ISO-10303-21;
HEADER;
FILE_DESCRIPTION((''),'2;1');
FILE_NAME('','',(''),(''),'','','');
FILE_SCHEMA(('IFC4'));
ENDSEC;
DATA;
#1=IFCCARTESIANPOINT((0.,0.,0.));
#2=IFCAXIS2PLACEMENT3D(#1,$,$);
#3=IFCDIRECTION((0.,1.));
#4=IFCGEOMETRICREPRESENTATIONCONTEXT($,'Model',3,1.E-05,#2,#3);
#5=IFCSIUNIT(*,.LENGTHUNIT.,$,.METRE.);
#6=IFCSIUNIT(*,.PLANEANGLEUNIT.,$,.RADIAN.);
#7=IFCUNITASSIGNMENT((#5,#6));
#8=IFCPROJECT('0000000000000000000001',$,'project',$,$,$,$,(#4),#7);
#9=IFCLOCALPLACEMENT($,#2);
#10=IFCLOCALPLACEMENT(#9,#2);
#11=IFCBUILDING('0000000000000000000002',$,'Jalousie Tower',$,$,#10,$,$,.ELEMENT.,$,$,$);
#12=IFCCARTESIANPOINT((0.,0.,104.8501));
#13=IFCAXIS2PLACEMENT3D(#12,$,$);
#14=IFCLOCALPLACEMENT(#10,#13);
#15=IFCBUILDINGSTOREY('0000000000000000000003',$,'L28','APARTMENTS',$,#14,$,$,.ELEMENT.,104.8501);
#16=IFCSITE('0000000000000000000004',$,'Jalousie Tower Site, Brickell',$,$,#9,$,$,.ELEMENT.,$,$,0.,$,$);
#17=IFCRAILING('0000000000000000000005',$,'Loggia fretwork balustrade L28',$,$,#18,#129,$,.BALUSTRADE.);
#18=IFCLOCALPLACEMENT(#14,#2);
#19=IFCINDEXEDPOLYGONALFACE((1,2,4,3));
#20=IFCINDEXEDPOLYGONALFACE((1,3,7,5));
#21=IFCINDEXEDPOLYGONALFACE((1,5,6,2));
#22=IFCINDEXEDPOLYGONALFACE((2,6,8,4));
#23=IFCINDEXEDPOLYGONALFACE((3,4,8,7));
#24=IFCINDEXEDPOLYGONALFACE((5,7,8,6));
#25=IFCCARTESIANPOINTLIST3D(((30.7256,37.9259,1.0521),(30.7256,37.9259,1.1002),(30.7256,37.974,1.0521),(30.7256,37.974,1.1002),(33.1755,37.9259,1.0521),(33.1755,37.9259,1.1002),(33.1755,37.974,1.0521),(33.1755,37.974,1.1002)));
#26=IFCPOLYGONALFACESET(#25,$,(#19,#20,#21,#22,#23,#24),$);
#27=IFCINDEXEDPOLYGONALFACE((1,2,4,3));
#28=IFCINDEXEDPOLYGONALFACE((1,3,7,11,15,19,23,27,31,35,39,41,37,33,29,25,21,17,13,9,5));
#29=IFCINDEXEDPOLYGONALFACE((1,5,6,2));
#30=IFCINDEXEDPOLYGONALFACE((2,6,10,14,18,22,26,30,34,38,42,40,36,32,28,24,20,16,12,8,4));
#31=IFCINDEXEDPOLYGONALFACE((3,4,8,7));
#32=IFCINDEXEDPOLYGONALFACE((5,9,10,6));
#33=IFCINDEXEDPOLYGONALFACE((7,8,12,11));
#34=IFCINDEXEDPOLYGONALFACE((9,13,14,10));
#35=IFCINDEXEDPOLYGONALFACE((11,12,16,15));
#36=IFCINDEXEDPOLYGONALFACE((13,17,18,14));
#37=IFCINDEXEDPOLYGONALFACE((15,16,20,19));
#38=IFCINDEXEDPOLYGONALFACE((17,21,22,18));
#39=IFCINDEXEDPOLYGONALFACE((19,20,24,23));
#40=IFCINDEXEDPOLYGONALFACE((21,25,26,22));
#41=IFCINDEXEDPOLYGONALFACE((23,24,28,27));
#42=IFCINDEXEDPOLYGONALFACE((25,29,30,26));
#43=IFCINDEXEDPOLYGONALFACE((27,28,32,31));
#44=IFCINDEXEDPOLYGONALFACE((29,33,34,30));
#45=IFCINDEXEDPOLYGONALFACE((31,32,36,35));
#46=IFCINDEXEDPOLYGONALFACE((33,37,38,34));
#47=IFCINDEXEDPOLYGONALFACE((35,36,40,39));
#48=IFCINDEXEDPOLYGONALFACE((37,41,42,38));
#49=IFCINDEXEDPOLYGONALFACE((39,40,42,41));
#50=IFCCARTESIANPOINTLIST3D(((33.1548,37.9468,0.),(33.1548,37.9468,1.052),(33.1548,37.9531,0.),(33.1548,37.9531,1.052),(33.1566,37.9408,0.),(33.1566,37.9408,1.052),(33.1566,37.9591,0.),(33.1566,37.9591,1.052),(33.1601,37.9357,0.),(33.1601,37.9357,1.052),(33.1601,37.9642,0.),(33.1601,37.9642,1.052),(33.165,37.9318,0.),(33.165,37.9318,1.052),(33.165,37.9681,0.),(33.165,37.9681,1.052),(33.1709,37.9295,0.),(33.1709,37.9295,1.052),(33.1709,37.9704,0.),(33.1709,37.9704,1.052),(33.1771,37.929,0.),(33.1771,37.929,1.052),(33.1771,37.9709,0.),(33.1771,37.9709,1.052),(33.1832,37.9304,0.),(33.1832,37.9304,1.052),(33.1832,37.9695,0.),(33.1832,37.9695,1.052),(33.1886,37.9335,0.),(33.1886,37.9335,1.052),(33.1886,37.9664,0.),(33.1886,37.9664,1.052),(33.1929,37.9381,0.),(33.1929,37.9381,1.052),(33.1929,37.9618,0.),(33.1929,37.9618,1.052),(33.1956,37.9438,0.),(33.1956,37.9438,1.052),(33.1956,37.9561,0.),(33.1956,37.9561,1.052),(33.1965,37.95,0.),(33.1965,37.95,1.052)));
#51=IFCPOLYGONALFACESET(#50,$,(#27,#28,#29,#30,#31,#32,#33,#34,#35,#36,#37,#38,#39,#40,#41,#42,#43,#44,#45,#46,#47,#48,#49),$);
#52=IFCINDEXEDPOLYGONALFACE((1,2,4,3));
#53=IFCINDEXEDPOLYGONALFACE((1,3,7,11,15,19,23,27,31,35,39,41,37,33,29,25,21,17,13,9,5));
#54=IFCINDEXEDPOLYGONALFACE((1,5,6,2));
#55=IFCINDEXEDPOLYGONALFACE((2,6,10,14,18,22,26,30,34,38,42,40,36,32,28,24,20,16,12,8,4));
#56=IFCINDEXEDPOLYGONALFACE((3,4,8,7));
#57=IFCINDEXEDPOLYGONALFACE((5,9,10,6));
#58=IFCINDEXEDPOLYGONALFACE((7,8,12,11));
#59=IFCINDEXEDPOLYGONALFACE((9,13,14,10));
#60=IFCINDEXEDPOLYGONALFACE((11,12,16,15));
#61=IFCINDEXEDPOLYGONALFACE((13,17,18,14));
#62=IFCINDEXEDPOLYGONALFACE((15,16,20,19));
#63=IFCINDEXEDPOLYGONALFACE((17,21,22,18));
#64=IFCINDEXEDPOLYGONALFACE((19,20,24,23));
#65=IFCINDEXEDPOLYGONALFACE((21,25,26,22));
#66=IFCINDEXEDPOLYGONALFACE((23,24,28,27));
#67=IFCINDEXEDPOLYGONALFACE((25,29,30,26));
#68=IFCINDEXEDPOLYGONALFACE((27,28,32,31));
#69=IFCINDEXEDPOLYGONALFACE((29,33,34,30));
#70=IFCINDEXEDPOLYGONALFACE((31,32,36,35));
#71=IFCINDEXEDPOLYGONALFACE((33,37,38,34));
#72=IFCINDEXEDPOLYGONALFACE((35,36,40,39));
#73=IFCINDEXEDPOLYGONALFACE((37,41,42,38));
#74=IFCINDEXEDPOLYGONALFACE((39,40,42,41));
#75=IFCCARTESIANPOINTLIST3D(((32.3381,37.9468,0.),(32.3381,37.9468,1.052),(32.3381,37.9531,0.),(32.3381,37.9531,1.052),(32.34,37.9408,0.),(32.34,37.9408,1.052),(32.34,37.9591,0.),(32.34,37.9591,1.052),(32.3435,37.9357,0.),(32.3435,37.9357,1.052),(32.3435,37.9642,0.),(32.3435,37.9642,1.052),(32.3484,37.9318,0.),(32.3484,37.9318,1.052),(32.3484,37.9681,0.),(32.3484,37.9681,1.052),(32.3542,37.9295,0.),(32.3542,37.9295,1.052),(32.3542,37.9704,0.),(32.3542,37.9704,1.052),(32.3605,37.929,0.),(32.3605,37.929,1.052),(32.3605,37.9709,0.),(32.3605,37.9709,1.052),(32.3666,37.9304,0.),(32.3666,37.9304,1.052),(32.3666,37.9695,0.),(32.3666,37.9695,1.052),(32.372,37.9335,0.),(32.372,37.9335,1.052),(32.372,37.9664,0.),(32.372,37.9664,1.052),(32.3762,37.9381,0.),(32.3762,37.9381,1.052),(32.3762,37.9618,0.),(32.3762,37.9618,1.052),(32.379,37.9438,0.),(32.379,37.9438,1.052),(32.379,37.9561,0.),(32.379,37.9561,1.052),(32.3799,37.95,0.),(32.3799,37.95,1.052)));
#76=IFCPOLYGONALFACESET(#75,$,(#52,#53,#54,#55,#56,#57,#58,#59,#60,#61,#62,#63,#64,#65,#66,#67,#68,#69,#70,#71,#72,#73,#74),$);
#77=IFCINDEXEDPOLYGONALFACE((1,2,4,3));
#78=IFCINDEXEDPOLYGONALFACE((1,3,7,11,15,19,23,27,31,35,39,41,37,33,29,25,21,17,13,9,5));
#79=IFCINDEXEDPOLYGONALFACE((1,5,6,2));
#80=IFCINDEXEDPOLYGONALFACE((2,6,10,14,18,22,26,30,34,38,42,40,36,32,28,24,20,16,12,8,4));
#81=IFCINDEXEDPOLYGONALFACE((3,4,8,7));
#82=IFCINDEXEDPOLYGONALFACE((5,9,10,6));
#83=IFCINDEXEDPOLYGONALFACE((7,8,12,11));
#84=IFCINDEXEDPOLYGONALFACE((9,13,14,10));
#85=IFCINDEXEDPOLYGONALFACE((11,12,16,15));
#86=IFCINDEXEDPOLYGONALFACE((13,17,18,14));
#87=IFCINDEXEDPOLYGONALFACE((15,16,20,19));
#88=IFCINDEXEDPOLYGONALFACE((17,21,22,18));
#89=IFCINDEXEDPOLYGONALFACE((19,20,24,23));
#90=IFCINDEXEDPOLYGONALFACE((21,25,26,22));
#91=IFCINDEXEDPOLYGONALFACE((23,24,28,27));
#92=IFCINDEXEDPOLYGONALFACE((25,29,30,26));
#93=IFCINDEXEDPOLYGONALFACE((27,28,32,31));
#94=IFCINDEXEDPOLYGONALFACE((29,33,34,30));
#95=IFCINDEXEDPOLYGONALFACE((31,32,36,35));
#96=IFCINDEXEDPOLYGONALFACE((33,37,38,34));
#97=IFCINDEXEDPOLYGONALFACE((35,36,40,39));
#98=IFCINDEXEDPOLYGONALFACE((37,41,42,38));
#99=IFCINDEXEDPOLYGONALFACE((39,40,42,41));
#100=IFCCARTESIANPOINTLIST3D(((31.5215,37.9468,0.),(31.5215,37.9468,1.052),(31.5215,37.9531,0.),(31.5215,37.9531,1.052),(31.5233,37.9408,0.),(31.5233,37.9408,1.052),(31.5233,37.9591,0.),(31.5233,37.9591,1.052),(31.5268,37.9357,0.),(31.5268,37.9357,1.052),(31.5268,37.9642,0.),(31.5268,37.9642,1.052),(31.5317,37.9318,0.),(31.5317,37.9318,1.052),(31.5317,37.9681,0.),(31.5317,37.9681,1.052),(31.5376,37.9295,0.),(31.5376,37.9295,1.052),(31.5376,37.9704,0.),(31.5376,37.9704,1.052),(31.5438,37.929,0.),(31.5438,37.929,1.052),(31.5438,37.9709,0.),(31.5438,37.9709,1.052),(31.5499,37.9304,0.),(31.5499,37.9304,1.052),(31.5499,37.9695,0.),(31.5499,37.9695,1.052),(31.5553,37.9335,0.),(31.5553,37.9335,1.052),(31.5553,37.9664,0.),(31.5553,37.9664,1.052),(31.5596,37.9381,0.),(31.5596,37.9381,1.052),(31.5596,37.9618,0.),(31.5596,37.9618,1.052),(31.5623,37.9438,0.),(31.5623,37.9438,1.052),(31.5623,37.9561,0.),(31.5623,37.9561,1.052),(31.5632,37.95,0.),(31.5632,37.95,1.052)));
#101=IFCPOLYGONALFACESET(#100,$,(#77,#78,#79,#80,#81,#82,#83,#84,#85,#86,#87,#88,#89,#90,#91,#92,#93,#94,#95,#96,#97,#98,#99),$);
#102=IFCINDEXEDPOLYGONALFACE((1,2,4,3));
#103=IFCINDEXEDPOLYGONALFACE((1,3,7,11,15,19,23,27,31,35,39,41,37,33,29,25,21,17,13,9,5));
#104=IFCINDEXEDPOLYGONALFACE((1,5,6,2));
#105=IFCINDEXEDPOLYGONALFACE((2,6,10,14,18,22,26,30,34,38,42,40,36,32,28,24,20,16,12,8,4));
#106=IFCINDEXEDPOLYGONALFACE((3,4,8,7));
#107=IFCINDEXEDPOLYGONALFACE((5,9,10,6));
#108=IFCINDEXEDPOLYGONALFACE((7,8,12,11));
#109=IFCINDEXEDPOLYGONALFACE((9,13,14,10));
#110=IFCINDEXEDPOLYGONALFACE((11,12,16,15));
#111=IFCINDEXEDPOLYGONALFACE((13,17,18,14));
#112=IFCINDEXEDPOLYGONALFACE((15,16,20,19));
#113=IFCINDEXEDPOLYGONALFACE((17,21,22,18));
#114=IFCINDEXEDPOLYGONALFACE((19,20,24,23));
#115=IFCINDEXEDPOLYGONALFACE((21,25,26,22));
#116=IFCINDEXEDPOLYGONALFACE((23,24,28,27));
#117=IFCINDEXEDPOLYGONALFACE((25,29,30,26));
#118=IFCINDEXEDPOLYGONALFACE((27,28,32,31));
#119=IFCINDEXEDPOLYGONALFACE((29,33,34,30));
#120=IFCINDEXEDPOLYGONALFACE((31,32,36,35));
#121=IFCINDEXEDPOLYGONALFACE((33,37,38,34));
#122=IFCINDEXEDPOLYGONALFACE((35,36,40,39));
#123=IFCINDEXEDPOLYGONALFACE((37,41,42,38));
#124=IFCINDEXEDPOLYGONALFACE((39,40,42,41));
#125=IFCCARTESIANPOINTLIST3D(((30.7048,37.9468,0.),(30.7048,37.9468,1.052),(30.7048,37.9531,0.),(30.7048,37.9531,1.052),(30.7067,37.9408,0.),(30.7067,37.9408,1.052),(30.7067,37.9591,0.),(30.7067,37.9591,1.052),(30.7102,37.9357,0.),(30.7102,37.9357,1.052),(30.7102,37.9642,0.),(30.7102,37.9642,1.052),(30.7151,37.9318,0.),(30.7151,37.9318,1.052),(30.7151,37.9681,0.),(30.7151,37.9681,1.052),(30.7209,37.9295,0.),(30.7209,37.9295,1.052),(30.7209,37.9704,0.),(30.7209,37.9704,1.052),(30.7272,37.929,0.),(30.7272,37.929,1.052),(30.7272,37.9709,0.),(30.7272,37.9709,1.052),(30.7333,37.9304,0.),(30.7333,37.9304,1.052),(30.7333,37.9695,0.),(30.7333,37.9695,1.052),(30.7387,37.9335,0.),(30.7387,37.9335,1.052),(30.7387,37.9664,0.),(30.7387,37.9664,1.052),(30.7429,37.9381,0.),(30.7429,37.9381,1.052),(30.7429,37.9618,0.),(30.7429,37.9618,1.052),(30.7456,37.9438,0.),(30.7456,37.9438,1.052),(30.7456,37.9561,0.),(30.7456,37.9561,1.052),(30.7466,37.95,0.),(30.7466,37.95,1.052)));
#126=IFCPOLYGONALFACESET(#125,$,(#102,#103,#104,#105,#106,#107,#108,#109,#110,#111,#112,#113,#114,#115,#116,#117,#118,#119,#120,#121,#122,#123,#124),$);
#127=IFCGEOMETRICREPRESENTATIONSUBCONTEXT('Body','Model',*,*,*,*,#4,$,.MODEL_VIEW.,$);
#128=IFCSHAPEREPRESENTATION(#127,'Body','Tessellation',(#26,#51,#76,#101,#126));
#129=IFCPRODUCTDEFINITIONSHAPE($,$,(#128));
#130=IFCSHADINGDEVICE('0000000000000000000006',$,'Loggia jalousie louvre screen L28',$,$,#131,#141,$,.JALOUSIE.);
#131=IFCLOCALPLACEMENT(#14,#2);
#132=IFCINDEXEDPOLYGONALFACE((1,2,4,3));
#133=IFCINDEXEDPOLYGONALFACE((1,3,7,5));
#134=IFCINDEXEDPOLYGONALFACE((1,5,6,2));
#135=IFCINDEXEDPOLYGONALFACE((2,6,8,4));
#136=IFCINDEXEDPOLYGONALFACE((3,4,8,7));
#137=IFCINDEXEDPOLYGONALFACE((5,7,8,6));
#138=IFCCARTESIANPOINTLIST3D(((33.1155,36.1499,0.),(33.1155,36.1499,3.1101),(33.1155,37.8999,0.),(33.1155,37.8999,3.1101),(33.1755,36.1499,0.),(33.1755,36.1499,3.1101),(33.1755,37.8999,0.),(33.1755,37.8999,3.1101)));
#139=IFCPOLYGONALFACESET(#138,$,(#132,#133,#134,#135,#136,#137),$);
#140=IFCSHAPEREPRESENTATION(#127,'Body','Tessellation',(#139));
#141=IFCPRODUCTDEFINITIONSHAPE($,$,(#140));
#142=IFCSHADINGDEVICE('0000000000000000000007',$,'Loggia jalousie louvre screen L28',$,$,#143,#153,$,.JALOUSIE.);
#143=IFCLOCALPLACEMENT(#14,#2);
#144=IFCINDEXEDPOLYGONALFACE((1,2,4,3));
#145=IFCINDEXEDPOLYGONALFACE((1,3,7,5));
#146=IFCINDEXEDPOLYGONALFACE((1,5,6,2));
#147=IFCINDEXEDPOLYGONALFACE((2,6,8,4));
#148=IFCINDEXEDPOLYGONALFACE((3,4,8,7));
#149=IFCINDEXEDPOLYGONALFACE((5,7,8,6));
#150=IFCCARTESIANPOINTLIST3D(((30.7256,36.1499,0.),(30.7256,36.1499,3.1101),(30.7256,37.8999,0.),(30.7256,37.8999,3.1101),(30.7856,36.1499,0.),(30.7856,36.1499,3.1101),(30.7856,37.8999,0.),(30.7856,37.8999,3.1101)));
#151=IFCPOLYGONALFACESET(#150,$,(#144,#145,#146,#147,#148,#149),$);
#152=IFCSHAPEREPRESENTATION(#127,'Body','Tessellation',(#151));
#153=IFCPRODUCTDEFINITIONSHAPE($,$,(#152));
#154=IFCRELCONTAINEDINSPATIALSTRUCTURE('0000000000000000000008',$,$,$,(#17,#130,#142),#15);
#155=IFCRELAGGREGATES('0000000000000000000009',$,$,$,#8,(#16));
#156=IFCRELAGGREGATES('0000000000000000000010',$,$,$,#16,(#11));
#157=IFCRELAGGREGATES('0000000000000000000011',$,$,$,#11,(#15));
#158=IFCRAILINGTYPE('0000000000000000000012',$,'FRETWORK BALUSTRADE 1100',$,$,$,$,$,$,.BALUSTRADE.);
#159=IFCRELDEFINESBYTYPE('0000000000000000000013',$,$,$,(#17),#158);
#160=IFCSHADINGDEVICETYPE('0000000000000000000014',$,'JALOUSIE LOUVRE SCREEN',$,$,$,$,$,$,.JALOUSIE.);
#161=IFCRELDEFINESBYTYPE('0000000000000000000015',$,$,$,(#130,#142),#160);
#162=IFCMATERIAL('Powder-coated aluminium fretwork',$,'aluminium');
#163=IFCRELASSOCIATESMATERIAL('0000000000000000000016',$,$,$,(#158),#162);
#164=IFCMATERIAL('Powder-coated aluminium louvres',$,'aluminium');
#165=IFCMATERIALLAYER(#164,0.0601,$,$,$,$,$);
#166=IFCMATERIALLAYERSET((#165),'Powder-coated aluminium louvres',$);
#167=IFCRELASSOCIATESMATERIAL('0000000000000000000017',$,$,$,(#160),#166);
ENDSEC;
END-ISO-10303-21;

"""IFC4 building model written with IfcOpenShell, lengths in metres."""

from ifc_helpers import new_model, si_unit, direction, frame, origin, origin_2d, place, context, subcontext, project, spatial, rectangle, circle, extrude, material, layer, layer_set, type_object, element, save


model = new_model("IFC4")

# Units and contexts
model_context = context("Model", 3, precision=1e-05, world=origin(), true_north=direction((0.0, 1.0)))
body_context = subcontext(model_context, "Body", "Model", "MODEL_VIEW")
ifc_project = project(units=[si_unit("LENGTHUNIT", "METRE"), si_unit("PLANEANGLEUNIT", "RADIAN")], contexts=[model_context])

# Site, building, storey
site_placement = place(None, origin())
site = spatial("IfcSite", under=ifc_project, at=site_placement, Name="Jalousie Tower Site, Brickell", CompositionType="ELEMENT", RefElevation=0.0)
building_placement = place(site_placement, origin())
building = spatial("IfcBuilding", under=site, at=building_placement, Name="Jalousie Tower", CompositionType="ELEMENT")
storey_placement = place(building_placement, frame((0.0, 0.0, 104.8501)))
storey = spatial("IfcBuildingStorey", under=building, at=storey_placement, Name="L28", Description="APARTMENTS", CompositionType="ELEMENT", Elevation=104.8501)

# Railing
ifc_material_1 = material(Name="Powder-coated aluminium fretwork", Category="aluminium")
railing_type = type_object("IfcRailingType", Name="FRETWORK BALUSTRADE 1100", PredefinedType="BALUSTRADE", material=ifc_material_1)
railing_placement = place(storey_placement, frame((33.1755, 37.95, 0.0)))
element("IfcRailing", 1, at=railing_placement, inside=storey, type_object=railing_type, Name="Loggia fretwork balustrade L28", PredefinedType="BALUSTRADE", context=body_context, shape_type="SweptSolid", body=[
    extrude(rectangle(XDim=0.0481, YDim=0.0481, at=origin_2d()), frame((0.0, 0.0, 1.0762), z_axis=(-1.0, 0.0, 0.0), x_axis=(0.0, -1.0, 0.0)), (0.0, 0.0, 1.0), 2.45),
    extrude(circle(Radius=0.021, at=origin_2d()), origin(), (0.0, 0.0, 1.0), 1.052),
    extrude(circle(Radius=0.021, at=origin_2d()), frame((-0.8167, 0.0, 0.0)), (0.0, 0.0, 1.0), 1.052),
    extrude(circle(Radius=0.021, at=origin_2d()), frame((-1.6333, 0.0, 0.0)), (0.0, 0.0, 1.0), 1.052),
    extrude(circle(Radius=0.021, at=origin_2d()), frame((-2.45, 0.0, 0.0)), (0.0, 0.0, 1.0), 1.052),
])

# Shading devices
ifc_material_2 = material(Name="Powder-coated aluminium louvres", Category="aluminium")
ifc_layer_1 = layer(ifc_material_2, 0.0601)
ifc_layer_set_1 = layer_set([ifc_layer_1], Name="Powder-coated aluminium louvres")
shading_device_type_1 = type_object("IfcShadingDeviceType", Name="JALOUSIE LOUVRE SCREEN", PredefinedType="JALOUSIE", material=ifc_layer_set_1)
for number, where, z_axis, x_axis, name in (
    (2, (33.1455, 37.0249, 0.0), (0.0, 0.0, 1.0), (-1.0, 0.0, 0.0), "Loggia jalousie louvre screen L28"),
    (3, (30.7556, 37.0249, 0.0), (0.0, 0.0, 1.0), (-1.0, 0.0, 0.0), "Loggia jalousie louvre screen L28"),
):
    element("IfcShadingDevice", number, at=place(storey_placement, frame(where, z_axis=z_axis, x_axis=x_axis)), inside=storey, type_object=shading_device_type_1, Name=name, PredefinedType="JALOUSIE", context=body_context, shape_type="SweptSolid", body=[
        extrude(rectangle(XDim=0.0601, YDim=1.75, at=origin_2d()), origin(), (0.0, 0.0, 1.0), 3.1101),
    ])

save(model, "model.ifc")
